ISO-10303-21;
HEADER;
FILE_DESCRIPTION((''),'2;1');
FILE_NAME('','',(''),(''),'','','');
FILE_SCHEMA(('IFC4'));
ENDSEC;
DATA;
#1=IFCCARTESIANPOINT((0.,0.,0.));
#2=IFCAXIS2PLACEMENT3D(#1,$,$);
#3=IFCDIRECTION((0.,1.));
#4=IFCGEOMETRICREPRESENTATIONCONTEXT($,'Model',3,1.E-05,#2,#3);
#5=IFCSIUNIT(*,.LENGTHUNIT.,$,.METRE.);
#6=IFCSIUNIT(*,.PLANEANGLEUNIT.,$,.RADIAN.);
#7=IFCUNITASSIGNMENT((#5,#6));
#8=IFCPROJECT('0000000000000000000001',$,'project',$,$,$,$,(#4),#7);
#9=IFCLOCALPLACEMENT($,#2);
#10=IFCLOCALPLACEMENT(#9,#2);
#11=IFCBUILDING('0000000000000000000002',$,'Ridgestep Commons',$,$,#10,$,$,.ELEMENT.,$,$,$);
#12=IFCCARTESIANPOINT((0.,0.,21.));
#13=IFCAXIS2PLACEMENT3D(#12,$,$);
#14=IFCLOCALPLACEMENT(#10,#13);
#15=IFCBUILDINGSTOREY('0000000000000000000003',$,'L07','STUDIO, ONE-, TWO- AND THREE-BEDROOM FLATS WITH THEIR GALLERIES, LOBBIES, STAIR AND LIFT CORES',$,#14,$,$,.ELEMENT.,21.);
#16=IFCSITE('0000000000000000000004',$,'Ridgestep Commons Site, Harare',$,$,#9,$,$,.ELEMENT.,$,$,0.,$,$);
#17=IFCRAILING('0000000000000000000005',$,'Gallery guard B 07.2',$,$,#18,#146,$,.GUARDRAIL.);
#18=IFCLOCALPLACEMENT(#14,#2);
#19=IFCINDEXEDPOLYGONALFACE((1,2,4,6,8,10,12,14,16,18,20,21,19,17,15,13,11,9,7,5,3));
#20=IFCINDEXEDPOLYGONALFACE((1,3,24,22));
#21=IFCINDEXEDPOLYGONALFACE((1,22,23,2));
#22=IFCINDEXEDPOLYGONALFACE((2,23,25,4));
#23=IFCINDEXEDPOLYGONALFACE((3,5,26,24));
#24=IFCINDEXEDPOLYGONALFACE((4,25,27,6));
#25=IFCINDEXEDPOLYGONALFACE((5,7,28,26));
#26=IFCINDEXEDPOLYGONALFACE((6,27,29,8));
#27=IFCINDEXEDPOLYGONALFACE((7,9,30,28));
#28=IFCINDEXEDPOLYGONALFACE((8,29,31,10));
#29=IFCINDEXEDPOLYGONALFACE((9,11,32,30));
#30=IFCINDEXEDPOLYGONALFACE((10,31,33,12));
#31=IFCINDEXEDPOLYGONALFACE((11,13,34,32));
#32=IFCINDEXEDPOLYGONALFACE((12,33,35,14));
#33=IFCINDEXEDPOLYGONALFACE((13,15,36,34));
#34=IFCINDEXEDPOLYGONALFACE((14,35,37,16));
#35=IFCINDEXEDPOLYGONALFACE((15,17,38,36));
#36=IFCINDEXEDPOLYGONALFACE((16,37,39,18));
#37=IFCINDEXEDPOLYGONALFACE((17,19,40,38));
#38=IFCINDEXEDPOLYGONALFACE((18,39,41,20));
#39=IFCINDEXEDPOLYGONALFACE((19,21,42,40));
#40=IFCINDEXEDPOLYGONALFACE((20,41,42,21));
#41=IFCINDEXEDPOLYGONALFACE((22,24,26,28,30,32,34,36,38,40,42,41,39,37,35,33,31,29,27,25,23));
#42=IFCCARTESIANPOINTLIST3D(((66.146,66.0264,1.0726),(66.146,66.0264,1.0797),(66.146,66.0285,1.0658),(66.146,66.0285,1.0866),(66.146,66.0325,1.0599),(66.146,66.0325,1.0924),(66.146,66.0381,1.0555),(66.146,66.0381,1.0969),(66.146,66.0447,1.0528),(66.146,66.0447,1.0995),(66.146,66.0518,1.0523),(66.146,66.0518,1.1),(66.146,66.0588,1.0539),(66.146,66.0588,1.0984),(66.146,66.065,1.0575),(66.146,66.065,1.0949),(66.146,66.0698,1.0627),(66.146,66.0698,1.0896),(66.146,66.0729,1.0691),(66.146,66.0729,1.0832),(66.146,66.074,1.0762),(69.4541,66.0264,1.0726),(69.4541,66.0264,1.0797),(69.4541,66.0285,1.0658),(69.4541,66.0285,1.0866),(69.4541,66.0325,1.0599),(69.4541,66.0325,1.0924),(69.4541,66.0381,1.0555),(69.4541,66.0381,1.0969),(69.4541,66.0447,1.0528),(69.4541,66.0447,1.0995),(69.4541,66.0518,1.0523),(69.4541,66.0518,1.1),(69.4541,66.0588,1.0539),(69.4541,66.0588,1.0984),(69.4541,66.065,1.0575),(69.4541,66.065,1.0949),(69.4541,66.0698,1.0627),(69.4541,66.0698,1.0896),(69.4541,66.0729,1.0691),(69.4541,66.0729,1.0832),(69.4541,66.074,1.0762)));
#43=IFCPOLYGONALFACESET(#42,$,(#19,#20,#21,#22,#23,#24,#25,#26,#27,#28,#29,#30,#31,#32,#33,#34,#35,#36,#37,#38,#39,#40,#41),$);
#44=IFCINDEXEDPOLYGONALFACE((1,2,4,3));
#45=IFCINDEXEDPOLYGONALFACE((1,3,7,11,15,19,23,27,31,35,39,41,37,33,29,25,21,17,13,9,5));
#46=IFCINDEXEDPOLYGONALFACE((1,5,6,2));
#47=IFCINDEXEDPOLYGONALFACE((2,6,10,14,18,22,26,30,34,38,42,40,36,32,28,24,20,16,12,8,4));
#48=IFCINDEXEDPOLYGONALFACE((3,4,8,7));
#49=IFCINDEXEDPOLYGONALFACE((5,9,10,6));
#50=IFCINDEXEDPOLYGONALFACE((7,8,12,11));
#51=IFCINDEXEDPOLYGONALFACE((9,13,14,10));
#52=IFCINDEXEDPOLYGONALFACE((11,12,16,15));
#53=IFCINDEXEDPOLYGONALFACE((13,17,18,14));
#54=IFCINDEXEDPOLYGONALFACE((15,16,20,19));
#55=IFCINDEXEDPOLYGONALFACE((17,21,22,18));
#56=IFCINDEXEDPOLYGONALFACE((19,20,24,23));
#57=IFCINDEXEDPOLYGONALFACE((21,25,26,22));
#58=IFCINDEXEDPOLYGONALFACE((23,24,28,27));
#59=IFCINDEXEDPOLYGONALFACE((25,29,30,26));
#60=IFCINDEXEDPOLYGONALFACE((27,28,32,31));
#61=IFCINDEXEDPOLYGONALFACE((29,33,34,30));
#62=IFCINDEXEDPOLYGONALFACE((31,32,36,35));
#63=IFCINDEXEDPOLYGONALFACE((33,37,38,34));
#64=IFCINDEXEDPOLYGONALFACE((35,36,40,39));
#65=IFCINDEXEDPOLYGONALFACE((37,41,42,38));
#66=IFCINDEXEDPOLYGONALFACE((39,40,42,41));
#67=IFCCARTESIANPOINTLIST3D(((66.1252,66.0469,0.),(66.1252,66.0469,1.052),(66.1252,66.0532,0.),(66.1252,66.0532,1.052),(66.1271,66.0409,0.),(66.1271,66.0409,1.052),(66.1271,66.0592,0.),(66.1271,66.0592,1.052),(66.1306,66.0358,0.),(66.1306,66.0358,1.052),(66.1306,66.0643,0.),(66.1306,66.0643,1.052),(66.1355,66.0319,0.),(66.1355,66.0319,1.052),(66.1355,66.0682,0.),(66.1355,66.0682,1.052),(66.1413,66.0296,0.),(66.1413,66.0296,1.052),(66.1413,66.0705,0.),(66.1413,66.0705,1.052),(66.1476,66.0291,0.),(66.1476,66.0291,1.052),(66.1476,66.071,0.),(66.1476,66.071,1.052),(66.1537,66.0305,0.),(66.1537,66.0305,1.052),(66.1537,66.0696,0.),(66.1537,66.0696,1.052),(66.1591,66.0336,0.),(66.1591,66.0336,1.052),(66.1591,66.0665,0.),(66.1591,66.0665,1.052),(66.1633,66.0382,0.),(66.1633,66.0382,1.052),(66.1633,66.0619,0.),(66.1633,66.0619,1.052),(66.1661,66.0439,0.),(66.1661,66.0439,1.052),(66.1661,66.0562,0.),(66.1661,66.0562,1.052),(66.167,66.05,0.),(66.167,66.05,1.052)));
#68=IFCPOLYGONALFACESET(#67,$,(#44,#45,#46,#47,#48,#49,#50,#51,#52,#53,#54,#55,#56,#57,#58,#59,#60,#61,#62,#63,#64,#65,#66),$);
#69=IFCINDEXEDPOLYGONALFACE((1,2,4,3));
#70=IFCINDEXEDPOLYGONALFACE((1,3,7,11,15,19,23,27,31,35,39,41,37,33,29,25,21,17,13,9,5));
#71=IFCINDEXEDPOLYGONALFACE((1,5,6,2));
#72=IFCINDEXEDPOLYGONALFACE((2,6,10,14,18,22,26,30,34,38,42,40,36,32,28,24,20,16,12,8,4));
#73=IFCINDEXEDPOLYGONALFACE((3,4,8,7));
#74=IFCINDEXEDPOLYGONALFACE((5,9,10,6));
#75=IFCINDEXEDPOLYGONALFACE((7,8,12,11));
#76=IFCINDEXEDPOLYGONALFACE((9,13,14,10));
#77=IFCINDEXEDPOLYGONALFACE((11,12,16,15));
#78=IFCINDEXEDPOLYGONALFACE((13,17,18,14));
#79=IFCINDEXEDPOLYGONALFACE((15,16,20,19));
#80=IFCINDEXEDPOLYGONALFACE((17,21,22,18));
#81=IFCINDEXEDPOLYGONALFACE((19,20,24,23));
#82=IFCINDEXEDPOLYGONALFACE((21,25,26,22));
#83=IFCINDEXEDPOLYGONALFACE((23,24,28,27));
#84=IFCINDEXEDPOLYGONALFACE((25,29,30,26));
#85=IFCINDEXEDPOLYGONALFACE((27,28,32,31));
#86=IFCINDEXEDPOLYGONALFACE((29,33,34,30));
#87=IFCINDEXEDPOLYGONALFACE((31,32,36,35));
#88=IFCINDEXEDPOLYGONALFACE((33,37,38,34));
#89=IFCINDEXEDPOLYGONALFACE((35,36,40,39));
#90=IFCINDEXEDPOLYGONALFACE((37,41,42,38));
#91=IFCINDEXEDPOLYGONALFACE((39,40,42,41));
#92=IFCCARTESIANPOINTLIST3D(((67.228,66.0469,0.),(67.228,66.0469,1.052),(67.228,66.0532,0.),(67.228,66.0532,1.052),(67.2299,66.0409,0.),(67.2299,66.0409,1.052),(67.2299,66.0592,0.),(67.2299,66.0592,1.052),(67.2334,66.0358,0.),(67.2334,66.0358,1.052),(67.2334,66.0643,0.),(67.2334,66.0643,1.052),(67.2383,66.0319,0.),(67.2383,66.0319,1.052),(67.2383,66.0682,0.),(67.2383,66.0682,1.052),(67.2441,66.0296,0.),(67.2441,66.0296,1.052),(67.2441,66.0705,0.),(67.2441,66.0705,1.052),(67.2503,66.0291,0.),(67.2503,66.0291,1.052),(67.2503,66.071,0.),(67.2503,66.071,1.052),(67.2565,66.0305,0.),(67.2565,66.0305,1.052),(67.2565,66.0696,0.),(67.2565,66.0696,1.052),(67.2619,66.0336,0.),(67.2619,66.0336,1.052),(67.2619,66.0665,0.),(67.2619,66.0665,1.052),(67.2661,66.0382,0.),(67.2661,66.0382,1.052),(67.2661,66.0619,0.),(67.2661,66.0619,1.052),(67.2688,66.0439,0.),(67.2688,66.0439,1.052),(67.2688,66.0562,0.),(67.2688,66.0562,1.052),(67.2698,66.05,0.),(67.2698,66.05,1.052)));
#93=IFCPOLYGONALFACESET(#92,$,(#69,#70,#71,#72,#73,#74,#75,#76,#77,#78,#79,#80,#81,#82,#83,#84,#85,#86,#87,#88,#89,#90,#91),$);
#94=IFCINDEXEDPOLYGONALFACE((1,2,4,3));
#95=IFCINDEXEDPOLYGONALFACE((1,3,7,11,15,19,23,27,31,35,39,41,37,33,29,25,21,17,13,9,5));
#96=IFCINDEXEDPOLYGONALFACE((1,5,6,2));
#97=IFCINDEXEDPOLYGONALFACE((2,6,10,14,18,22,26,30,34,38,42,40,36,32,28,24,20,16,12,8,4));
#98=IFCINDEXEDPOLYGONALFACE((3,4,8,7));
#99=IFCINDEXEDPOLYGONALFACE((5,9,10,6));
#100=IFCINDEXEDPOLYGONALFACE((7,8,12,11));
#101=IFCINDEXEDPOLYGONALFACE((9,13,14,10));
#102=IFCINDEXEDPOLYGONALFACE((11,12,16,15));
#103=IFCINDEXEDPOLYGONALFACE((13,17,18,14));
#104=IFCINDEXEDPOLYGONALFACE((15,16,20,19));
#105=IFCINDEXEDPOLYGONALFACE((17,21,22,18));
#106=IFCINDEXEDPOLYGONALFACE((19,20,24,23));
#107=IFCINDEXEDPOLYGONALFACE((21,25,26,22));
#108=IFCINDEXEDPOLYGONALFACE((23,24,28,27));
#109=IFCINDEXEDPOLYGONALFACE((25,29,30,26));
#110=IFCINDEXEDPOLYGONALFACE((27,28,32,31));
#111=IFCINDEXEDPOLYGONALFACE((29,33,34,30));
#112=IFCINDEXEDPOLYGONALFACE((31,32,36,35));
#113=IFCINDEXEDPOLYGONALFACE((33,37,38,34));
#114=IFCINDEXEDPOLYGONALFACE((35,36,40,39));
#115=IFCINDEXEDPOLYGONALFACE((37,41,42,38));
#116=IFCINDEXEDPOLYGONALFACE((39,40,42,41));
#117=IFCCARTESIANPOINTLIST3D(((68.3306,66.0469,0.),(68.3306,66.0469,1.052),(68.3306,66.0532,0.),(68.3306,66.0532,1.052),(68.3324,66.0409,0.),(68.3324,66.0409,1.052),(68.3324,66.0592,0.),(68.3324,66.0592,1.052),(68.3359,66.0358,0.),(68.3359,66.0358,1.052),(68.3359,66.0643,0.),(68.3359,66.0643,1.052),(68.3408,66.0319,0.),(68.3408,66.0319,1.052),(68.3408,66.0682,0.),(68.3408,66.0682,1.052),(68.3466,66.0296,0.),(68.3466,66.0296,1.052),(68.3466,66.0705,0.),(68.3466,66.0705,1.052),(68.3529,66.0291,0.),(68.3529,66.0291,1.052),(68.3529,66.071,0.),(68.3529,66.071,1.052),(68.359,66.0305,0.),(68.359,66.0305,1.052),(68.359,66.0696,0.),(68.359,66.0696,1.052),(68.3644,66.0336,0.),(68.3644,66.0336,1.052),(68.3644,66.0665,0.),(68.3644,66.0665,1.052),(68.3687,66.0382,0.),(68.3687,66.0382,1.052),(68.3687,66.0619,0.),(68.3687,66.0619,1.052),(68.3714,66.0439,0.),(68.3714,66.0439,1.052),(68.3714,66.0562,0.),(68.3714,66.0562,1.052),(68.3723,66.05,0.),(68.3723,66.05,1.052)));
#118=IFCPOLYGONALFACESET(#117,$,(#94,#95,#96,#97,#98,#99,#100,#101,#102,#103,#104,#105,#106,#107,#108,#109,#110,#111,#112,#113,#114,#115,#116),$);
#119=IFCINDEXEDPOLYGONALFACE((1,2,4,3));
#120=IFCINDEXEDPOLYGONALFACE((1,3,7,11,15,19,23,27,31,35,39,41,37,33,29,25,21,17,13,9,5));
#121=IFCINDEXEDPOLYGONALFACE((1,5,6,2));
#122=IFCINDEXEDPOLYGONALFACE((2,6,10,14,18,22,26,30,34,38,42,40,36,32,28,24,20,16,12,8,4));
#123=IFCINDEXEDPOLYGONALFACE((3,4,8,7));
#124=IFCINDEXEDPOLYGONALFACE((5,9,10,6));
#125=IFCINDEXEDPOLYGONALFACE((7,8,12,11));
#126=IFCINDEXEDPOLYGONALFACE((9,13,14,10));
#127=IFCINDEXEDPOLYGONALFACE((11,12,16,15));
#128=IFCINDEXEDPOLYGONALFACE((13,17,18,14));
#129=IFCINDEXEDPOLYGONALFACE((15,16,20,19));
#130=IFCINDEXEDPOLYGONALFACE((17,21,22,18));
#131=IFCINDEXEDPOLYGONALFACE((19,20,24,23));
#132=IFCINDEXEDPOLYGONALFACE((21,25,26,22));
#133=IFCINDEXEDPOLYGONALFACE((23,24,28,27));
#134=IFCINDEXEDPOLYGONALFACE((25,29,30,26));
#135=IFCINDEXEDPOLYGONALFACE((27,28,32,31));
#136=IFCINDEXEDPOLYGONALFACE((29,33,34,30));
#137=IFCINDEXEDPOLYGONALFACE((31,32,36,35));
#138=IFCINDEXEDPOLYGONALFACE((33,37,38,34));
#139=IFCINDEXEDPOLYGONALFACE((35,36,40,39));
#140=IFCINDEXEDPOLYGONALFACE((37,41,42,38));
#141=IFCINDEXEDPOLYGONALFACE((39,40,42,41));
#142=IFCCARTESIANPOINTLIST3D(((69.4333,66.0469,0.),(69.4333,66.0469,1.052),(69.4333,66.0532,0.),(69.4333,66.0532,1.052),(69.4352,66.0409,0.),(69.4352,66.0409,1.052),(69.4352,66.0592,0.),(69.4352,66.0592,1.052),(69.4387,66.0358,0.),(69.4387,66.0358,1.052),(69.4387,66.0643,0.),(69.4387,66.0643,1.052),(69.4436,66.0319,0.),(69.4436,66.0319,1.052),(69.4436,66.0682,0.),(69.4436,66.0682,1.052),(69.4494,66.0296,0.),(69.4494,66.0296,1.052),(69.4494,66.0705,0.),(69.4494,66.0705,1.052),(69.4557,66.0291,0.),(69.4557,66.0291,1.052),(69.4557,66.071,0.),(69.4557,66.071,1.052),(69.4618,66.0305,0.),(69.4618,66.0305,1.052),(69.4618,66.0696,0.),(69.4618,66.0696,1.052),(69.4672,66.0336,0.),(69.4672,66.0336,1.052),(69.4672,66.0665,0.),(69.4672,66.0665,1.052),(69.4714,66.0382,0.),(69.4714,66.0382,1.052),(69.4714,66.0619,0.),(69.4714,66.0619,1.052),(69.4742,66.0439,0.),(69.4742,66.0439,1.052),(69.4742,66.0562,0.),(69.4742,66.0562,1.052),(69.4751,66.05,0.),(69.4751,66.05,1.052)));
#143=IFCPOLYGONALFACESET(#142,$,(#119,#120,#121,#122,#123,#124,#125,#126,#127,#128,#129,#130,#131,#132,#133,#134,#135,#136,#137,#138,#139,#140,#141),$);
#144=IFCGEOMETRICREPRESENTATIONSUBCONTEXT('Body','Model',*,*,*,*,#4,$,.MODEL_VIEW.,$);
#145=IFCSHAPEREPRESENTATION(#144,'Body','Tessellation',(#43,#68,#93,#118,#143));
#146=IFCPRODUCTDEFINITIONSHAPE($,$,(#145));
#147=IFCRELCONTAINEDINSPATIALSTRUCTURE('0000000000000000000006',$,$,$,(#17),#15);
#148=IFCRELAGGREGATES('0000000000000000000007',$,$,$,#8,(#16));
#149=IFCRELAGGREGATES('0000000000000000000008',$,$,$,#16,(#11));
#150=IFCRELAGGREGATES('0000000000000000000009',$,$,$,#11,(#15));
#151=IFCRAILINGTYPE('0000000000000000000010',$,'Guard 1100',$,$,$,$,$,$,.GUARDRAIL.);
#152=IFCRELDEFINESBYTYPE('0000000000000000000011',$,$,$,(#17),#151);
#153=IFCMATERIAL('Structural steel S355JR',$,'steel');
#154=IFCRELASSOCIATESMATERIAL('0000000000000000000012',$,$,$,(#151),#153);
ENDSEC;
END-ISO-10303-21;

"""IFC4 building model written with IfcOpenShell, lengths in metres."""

from ifc_helpers import new_model, si_unit, direction, frame, origin, origin_2d, place, context, subcontext, project, spatial, circle, extrude, material, type_object, element, save


model = new_model("IFC4")

# Units and contexts
model_context = context("Model", 3, precision=1e-05, world=origin(), true_north=direction((0.0, 1.0)))
body_context = subcontext(model_context, "Body", "Model", "MODEL_VIEW")
ifc_project = project(units=[si_unit("LENGTHUNIT", "METRE"), si_unit("PLANEANGLEUNIT", "RADIAN")], contexts=[model_context])

# Site, building, storey
site_placement = place(None, origin())
site = spatial("IfcSite", under=ifc_project, at=site_placement, Name="Ridgestep Commons Site, Harare", CompositionType="ELEMENT", RefElevation=0.0)
building_placement = place(site_placement, origin())
building = spatial("IfcBuilding", under=site, at=building_placement, Name="Ridgestep Commons", CompositionType="ELEMENT")
storey_placement = place(building_placement, frame((0.0, 0.0, 21.0)))
storey = spatial("IfcBuildingStorey", under=building, at=storey_placement, Name="L07", Description="STUDIO, ONE-, TWO- AND THREE-BEDROOM FLATS WITH THEIR GALLERIES, LOBBIES, STAIR AND LIFT CORES", CompositionType="ELEMENT", Elevation=21.0)

# Railing
ifc_material_1 = material(Name="Structural steel S355JR", Category="steel")
railing_type_1 = type_object("IfcRailingType", Name="Guard 1100", PredefinedType="GUARDRAIL", material=ifc_material_1)
railing_1_placement = place(storey_placement, frame((66.146, 66.05, 0.0)))
element("IfcRailing", 1, at=railing_1_placement, inside=storey, type_object=railing_type_1, Name="Gallery guard B 07.2", PredefinedType="GUARDRAIL", context=body_context, shape_type="SweptSolid", body=[
    extrude(circle(Radius=0.0239, at=origin_2d()), frame((0.0, 0.0, 1.0762), z_axis=(1.0, 0.0, 0.0), x_axis=(0.0, 1.0, 0.0)), (0.0, 0.0, 1.0), 3.3081),
    extrude(circle(Radius=0.021, at=origin_2d()), origin(), (0.0, 0.0, 1.0), 1.052),
    extrude(circle(Radius=0.021, at=origin_2d()), frame((1.1028, 0.0, 0.0)), (0.0, 0.0, 1.0), 1.052),
    extrude(circle(Radius=0.021, at=origin_2d()), frame((2.2053, 0.0, 0.0)), (0.0, 0.0, 1.0), 1.052),
    extrude(circle(Radius=0.021, at=origin_2d()), frame((3.3081, 0.0, 0.0)), (0.0, 0.0, 1.0), 1.052),
])

save(model, "model.ifc")
